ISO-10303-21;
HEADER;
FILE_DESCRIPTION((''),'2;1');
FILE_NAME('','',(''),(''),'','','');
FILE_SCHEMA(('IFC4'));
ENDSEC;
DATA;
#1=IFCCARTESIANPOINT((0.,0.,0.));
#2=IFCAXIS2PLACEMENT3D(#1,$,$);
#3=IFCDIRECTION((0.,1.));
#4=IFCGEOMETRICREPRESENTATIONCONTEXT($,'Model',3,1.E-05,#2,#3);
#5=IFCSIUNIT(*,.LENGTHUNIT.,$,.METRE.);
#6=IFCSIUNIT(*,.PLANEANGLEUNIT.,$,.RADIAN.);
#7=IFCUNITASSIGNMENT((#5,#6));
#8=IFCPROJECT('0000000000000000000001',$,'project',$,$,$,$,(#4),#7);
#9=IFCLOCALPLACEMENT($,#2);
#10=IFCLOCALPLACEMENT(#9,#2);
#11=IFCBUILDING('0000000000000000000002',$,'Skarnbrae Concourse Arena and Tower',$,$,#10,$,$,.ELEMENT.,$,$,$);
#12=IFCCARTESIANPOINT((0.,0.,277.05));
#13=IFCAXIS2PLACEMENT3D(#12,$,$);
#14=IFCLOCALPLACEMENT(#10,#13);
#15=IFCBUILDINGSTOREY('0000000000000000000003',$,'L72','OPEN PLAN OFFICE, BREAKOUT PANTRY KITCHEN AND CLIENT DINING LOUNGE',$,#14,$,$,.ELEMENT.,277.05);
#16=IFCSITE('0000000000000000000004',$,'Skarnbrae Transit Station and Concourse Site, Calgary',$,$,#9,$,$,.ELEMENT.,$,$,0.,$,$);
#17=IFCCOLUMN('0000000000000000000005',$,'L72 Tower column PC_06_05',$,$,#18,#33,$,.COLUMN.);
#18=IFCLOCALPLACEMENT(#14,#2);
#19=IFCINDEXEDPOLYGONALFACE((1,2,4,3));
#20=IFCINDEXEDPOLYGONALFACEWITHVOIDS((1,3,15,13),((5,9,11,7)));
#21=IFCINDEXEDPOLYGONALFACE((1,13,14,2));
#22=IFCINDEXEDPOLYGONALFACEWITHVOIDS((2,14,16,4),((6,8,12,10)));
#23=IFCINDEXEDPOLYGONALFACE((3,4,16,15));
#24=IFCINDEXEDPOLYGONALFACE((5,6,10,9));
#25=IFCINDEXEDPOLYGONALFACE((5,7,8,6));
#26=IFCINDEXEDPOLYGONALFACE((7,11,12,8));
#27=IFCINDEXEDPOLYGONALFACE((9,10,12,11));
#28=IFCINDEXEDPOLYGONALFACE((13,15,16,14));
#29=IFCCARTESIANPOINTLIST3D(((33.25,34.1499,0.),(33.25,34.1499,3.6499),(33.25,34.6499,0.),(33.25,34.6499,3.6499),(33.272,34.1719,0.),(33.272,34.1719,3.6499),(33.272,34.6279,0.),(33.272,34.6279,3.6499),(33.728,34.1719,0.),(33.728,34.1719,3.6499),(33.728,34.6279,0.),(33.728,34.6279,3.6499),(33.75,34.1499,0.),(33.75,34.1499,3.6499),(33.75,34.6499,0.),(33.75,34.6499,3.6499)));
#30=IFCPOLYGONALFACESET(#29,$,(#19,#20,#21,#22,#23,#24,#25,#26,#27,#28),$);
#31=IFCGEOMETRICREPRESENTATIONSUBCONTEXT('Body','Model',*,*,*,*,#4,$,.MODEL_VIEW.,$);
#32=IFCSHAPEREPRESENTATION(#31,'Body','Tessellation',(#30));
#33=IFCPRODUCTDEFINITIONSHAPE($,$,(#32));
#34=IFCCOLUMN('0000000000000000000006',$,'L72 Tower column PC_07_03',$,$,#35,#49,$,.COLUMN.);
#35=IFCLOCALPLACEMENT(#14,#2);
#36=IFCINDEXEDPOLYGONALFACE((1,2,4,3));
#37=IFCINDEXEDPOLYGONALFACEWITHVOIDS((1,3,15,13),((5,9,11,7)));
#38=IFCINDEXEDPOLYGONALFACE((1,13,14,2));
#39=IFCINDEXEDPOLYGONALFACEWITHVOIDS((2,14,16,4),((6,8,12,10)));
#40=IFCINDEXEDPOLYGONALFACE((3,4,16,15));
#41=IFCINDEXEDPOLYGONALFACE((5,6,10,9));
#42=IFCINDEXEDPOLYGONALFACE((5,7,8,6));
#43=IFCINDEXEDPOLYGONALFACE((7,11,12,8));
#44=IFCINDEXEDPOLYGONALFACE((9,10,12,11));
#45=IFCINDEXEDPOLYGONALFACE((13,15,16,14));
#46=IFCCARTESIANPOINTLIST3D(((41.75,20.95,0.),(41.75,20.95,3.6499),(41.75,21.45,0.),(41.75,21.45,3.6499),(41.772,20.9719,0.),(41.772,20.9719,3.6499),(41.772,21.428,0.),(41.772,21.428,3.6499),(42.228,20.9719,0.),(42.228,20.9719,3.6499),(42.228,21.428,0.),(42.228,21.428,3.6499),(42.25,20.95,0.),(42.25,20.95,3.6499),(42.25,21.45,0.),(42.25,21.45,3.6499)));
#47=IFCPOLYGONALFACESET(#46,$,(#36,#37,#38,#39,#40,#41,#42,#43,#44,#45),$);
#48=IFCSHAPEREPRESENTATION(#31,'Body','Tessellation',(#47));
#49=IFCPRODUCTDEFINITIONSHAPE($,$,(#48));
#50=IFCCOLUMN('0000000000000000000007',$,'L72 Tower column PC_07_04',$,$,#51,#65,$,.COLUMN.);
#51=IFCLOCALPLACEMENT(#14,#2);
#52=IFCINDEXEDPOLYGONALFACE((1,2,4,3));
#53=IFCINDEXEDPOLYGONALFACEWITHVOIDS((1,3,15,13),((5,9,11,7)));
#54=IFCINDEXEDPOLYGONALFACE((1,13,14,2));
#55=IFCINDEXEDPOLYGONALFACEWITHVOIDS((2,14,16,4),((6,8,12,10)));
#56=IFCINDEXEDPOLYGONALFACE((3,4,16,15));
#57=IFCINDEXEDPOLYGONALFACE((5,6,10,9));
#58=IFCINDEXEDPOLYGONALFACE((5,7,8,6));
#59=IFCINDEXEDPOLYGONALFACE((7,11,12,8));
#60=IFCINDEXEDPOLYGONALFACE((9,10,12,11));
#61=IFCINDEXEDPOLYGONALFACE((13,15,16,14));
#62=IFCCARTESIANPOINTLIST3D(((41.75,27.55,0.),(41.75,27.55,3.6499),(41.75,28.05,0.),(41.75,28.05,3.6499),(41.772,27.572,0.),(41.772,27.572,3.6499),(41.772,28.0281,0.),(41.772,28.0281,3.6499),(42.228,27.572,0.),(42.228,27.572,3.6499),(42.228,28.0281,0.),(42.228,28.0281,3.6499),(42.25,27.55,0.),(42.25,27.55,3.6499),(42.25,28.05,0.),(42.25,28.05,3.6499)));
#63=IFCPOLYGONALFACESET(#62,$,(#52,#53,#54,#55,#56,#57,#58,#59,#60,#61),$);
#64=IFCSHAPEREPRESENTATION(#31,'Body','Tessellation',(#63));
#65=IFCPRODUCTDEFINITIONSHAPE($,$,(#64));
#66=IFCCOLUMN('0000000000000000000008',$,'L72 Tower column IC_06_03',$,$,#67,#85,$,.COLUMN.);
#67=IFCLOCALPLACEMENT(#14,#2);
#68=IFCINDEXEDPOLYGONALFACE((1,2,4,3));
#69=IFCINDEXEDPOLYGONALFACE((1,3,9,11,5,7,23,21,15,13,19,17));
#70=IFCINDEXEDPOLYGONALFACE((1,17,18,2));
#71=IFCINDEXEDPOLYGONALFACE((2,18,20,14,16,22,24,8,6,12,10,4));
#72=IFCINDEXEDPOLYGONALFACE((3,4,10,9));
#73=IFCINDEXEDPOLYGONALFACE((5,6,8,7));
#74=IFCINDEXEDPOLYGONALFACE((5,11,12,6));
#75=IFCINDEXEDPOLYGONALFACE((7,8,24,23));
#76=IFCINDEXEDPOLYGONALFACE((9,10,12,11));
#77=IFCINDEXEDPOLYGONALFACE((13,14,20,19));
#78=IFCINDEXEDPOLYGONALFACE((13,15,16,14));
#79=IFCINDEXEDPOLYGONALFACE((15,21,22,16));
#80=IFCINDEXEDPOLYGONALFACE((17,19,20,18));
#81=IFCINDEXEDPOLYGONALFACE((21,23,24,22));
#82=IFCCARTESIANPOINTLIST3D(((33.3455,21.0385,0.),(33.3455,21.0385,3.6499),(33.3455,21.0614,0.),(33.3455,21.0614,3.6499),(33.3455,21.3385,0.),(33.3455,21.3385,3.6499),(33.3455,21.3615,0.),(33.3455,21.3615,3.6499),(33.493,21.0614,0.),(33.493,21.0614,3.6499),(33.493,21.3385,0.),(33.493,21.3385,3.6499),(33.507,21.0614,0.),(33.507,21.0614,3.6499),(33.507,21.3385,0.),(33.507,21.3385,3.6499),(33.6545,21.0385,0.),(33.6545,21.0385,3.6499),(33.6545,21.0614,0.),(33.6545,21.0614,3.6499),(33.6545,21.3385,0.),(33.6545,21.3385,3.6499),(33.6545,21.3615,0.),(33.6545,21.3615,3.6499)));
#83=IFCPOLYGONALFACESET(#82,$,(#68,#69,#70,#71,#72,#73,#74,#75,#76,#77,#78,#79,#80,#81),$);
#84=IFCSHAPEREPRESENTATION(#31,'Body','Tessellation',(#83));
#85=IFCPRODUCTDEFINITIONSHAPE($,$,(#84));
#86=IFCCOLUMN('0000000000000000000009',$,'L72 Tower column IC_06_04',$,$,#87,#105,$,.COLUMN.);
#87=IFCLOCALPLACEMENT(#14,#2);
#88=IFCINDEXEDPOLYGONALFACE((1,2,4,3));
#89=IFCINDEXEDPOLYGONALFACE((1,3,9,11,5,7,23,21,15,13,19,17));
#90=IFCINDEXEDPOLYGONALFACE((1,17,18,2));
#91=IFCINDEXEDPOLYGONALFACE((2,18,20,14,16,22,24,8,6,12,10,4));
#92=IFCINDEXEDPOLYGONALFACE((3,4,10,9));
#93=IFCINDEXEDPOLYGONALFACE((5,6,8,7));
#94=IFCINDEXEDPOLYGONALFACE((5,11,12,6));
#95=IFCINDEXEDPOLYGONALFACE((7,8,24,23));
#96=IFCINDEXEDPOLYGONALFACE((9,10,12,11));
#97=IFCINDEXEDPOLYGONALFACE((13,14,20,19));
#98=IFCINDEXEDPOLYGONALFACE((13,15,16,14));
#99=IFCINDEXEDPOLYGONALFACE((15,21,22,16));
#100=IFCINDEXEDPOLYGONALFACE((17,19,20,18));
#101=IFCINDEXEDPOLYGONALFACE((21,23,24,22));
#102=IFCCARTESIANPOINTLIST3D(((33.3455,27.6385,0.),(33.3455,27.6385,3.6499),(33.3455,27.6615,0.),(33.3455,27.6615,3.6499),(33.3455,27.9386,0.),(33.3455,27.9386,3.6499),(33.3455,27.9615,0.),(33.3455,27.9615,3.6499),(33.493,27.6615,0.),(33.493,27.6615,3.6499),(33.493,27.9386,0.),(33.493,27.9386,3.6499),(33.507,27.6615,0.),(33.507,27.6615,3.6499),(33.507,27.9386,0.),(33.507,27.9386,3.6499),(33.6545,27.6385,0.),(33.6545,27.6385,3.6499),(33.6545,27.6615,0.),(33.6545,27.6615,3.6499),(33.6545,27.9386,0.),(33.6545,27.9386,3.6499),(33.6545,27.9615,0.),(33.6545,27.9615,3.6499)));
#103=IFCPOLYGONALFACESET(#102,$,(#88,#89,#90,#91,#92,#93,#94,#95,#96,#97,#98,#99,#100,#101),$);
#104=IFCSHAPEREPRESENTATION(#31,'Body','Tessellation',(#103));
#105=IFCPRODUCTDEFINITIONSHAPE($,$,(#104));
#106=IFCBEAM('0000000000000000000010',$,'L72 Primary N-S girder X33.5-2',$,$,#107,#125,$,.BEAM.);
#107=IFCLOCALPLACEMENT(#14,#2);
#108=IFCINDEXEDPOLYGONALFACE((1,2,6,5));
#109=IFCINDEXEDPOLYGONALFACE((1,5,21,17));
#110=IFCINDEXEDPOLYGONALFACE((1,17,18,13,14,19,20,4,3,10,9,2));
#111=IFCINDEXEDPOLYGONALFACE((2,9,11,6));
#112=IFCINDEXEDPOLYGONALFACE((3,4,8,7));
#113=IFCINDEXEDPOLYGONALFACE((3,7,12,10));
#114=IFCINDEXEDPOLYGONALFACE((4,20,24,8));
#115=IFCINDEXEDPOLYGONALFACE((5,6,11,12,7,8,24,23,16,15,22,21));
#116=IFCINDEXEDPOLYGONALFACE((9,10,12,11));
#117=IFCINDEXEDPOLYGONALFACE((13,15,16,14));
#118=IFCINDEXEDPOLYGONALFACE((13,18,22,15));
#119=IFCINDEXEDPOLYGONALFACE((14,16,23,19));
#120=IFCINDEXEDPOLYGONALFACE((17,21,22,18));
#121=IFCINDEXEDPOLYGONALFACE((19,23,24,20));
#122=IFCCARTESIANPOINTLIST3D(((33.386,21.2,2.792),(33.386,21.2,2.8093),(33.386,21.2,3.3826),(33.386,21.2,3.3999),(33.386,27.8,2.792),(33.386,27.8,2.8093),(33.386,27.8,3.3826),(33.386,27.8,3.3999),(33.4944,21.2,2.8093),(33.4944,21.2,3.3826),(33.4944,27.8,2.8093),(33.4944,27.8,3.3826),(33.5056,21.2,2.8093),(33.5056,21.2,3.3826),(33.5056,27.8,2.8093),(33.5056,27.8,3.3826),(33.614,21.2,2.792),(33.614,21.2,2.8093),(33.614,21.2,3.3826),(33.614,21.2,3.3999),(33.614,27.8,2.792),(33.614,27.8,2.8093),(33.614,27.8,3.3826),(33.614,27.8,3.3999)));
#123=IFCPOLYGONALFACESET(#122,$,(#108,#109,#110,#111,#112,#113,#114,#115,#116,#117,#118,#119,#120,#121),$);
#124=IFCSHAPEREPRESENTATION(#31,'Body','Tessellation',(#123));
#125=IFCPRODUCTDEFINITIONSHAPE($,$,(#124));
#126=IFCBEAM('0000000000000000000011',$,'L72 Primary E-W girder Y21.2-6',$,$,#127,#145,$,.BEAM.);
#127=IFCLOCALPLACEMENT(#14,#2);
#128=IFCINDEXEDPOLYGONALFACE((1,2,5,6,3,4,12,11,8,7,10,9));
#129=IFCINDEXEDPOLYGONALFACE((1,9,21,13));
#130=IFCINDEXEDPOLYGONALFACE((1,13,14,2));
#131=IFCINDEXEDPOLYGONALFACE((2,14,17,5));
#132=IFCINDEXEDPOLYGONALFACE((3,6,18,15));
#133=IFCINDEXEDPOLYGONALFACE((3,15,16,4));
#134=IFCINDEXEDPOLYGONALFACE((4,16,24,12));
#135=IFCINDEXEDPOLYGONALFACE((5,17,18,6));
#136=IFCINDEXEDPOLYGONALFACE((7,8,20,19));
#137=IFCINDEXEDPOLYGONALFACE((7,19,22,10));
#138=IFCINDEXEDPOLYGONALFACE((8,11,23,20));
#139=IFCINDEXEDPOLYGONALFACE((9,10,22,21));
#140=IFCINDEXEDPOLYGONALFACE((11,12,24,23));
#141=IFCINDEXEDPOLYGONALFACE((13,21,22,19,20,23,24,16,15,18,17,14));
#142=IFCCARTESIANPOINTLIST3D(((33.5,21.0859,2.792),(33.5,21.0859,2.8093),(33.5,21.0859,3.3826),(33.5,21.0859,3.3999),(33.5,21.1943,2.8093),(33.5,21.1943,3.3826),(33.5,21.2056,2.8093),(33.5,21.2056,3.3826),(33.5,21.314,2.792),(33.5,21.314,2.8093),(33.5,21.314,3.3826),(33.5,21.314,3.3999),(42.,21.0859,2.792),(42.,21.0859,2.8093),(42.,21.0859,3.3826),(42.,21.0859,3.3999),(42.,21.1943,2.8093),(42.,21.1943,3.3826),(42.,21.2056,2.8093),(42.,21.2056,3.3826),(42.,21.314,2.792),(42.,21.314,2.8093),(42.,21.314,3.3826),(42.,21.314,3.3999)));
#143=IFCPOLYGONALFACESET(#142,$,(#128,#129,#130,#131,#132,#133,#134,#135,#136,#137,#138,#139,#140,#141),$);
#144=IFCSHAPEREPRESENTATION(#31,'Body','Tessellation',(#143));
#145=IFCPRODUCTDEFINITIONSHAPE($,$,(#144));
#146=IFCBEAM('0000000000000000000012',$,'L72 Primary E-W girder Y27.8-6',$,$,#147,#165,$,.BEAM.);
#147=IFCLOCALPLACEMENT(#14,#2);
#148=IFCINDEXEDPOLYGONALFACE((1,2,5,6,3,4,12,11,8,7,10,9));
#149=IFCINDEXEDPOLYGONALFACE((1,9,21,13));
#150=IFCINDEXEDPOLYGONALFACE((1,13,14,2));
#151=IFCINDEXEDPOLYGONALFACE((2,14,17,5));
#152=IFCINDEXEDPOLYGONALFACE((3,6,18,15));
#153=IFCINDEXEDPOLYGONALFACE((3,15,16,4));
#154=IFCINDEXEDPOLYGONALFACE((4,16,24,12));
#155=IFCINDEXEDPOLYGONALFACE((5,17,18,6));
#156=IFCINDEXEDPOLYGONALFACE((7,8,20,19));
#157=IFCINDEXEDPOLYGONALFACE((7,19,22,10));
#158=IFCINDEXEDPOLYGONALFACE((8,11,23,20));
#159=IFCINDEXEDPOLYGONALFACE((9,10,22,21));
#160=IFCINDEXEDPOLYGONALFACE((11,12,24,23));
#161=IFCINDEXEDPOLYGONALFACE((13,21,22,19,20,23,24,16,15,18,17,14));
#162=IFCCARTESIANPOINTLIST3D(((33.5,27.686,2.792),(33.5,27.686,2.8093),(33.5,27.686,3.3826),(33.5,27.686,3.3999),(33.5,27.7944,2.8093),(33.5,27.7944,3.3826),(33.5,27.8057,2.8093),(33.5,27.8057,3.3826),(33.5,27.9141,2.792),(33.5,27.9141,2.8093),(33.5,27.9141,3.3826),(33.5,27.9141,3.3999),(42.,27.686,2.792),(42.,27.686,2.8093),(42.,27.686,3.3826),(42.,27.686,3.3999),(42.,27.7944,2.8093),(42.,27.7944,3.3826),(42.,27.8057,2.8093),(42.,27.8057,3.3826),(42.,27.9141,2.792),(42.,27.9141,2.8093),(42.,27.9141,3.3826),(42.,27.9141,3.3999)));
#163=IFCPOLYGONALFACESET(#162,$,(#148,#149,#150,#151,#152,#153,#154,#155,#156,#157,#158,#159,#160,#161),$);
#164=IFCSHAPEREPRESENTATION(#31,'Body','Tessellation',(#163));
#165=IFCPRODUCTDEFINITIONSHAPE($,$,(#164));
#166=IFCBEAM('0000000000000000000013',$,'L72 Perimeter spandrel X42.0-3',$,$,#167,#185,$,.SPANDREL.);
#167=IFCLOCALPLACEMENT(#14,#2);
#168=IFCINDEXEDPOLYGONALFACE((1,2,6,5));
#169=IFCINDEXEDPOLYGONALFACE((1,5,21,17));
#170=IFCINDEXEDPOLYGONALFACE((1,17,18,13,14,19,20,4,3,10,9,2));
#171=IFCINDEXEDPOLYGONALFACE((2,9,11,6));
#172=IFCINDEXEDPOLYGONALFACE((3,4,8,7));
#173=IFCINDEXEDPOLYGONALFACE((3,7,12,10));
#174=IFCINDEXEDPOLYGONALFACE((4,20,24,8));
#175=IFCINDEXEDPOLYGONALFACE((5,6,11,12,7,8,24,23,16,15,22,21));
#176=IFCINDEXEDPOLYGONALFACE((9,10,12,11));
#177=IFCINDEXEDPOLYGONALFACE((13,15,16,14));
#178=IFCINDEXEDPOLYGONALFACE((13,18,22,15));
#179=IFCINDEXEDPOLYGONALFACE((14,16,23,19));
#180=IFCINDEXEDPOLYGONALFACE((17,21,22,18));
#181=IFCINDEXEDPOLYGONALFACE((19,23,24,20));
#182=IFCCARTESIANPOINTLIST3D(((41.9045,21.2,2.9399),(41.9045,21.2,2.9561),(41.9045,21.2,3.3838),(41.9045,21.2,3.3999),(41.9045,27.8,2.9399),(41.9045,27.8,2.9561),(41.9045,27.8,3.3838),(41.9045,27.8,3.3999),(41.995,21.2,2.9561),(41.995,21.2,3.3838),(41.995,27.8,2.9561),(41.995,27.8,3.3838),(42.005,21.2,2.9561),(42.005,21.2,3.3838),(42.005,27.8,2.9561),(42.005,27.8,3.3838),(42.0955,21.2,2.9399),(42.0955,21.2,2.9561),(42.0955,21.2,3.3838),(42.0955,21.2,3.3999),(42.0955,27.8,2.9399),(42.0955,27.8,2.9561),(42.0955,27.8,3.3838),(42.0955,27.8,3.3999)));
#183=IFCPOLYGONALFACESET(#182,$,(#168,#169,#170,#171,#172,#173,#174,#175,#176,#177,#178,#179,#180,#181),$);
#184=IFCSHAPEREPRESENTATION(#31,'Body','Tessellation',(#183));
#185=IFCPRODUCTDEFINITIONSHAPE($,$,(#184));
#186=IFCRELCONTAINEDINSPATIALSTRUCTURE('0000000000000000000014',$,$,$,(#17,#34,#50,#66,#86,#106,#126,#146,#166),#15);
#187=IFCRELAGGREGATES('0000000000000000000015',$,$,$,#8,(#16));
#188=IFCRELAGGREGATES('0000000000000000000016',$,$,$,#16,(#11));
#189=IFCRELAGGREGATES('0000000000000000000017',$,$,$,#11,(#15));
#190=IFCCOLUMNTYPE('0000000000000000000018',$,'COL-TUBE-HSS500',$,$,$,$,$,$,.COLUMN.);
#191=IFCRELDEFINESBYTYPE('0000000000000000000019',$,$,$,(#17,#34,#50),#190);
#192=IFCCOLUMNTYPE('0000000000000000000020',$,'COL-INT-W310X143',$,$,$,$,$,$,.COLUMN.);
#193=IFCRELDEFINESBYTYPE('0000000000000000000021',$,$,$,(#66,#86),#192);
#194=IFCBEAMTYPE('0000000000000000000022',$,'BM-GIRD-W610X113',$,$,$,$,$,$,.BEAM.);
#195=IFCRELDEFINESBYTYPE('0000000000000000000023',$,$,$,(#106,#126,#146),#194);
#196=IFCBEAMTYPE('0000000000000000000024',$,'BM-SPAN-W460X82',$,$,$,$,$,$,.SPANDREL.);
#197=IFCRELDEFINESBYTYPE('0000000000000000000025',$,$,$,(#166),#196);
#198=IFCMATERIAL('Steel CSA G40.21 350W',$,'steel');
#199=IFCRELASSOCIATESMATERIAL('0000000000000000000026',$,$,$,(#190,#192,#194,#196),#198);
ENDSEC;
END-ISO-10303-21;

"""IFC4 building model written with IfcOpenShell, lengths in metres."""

from ifc_helpers import new_model, si_unit, direction, frame, origin, origin_2d, place, context, subcontext, project, spatial, hollow_rectangle, i_section, extrude, source, transform, mapped, material, material_profile, profile_set, type_object, element, save


model = new_model("IFC4")

# Units and contexts
model_context = context("Model", 3, precision=1e-05, world=origin(), true_north=direction((0.0, 1.0)))
body_context = subcontext(model_context, "Body", "Model", "MODEL_VIEW")
ifc_project = project(units=[si_unit("LENGTHUNIT", "METRE"), si_unit("PLANEANGLEUNIT", "RADIAN")], contexts=[model_context])

# Site, building, storey
site_placement = place(None, origin())
site = spatial("IfcSite", under=ifc_project, at=site_placement, Name="Skarnbrae Transit Station and Concourse Site, Calgary", CompositionType="ELEMENT", RefElevation=0.0)
building_placement = place(site_placement, origin())
building = spatial("IfcBuilding", under=site, at=building_placement, Name="Skarnbrae Concourse Arena and Tower", CompositionType="ELEMENT")
storey_placement = place(building_placement, frame((0.0, 0.0, 277.05)))
storey = spatial("IfcBuildingStorey", under=building, at=storey_placement, Name="L72", Description="OPEN PLAN OFFICE, BREAKOUT PANTRY KITCHEN AND CLIENT DINING LOUNGE", CompositionType="ELEMENT", Elevation=277.05)

# Columns
ifc_material_1 = material(Name="Steel CSA G40.21 350W", Category="steel")
ifc_material_profile_1 = material_profile(ifc_material_1, hollow_rectangle(XDim=0.5, YDim=0.5, WallThickness=0.022, at=origin_2d()), Name="HSS500X500X22.0")
ifc_profile_set_1 = profile_set([ifc_material_profile_1], Name="Steel CSA G40.21 350W")
column_type_1 = type_object("IfcColumnType", Name="COL-TUBE-HSS500", PredefinedType="COLUMN", material=ifc_profile_set_1)
shared_shape_1 = source(origin(), body_context, "Body", "SweptSolid", [
    extrude(hollow_rectangle(XDim=0.5, YDim=0.5, WallThickness=0.022, at=origin_2d()), origin(), (0.0, 0.0, 1.0), 3.6499),
])
for number, where, z_axis, x_axis, name in (
    (1, (33.5, 34.3999, 0.0), (0.0, 0.0, 1.0), (1.0, 0.0, 0.0), "L72 Tower column PC_06_05"),
    (2, (42.0, 21.2, 0.0), (0.0, 0.0, 1.0), (1.0, 0.0, 0.0), "L72 Tower column PC_07_03"),
    (3, (42.0, 27.8, 0.0), (0.0, 0.0, 1.0), (1.0, 0.0, 0.0), "L72 Tower column PC_07_04"),
):
    element("IfcColumn", number, at=place(storey_placement, frame(where, z_axis=z_axis, x_axis=x_axis)), inside=storey, type_object=column_type_1, Name=name, PredefinedType="COLUMN", context=body_context, shape_type="MappedRepresentation", body=[
        mapped(shared_shape_1, transform((0.0, 0.0, 0.0))),
    ])
ifc_material_profile_2 = material_profile(ifc_material_1, i_section(OverallWidth=0.3091, OverallDepth=0.323, WebThickness=0.0139, FlangeThickness=0.0229, at=origin_2d()), Name="W310X143")
ifc_profile_set_2 = profile_set([ifc_material_profile_2], Name="Steel CSA G40.21 350W")
column_type_2 = type_object("IfcColumnType", Name="COL-INT-W310X143", PredefinedType="COLUMN", material=ifc_profile_set_2)
shared_shape_2 = source(origin(), body_context, "Body", "SweptSolid", [
    extrude(i_section(OverallWidth=0.3091, OverallDepth=0.323, WebThickness=0.0139, FlangeThickness=0.0229, at=origin_2d()), origin(), (0.0, 0.0, 1.0), 3.6499),
])
for number, where, z_axis, x_axis, name in (
    (4, (33.5, 21.2, 0.0), (0.0, 0.0, 1.0), (1.0, 0.0, 0.0), "L72 Tower column IC_06_03"),
    (5, (33.5, 27.8, 0.0), (0.0, 0.0, 1.0), (1.0, 0.0, 0.0), "L72 Tower column IC_06_04"),
):
    element("IfcColumn", number, at=place(storey_placement, frame(where, z_axis=z_axis, x_axis=x_axis)), inside=storey, type_object=column_type_2, Name=name, PredefinedType="COLUMN", context=body_context, shape_type="MappedRepresentation", body=[
        mapped(shared_shape_2, transform((0.0, 0.0, 0.0))),
    ])

# Beams
ifc_material_profile_3 = material_profile(ifc_material_1, i_section(OverallWidth=0.228, OverallDepth=0.6079, WebThickness=0.0112, FlangeThickness=0.0173, at=origin_2d()), Name="W610X113")
ifc_profile_set_3 = profile_set([ifc_material_profile_3], Name="Steel CSA G40.21 350W")
beam_type_1 = type_object("IfcBeamType", Name="BM-GIRD-W610X113", PredefinedType="BEAM", material=ifc_profile_set_3)
shared_shape_3 = source(origin(), body_context, "Body", "SweptSolid", [
    extrude(i_section(OverallWidth=0.228, OverallDepth=0.6079, WebThickness=0.0112, FlangeThickness=0.0173, at=origin_2d()), origin(), (0.0, 0.0, 1.0), 6.6001),
])
beam_1_placement = place(storey_placement, frame((33.5, 21.2, 3.0959), z_axis=(0.0, 1.0, 0.0), x_axis=(-1.0, 0.0, 0.0)))
element("IfcBeam", 6, at=beam_1_placement, inside=storey, type_object=beam_type_1, Name="L72 Primary N-S girder X33.5-2", PredefinedType="BEAM", context=body_context, shape_type="MappedRepresentation", body=[
    mapped(shared_shape_3, transform((0.0, 0.0, 0.0))),
])
shared_shape_4 = source(origin(), body_context, "Body", "SweptSolid", [
    extrude(i_section(OverallWidth=0.228, OverallDepth=0.6079, WebThickness=0.0112, FlangeThickness=0.0173, at=origin_2d()), origin(), (0.0, 0.0, 1.0), 8.5),
])
for number, where, z_axis, x_axis, name in (
    (7, (33.5, 21.2, 3.0959), (1.0, 0.0, 0.0), (0.0, 1.0, 0.0), "L72 Primary E-W girder Y21.2-6"),
    (8, (33.5, 27.8, 3.0959), (1.0, 0.0, 0.0), (0.0, 1.0, 0.0), "L72 Primary E-W girder Y27.8-6"),
):
    element("IfcBeam", number, at=place(storey_placement, frame(where, z_axis=z_axis, x_axis=x_axis)), inside=storey, type_object=beam_type_1, Name=name, PredefinedType="BEAM", context=body_context, shape_type="MappedRepresentation", body=[
        mapped(shared_shape_4, transform((0.0, 0.0, 0.0))),
    ])
ifc_material_profile_4 = material_profile(ifc_material_1, i_section(OverallWidth=0.1909, OverallDepth=0.46, WebThickness=0.01, FlangeThickness=0.0161, at=origin_2d()), Name="W460X82")
ifc_profile_set_4 = profile_set([ifc_material_profile_4], Name="Steel CSA G40.21 350W")
beam_type_2 = type_object("IfcBeamType", Name="BM-SPAN-W460X82", PredefinedType="SPANDREL", material=ifc_profile_set_4)
shared_shape_5 = source(origin(), body_context, "Body", "SweptSolid", [
    extrude(i_section(OverallWidth=0.1909, OverallDepth=0.46, WebThickness=0.01, FlangeThickness=0.0161, at=origin_2d()), origin(), (0.0, 0.0, 1.0), 6.6001),
])
beam_2_placement = place(storey_placement, frame((42.0, 21.2, 3.1699), z_axis=(0.0, 1.0, 0.0), x_axis=(-1.0, 0.0, 0.0)))
element("IfcBeam", 9, at=beam_2_placement, inside=storey, type_object=beam_type_2, Name="L72 Perimeter spandrel X42.0-3", PredefinedType="SPANDREL", context=body_context, shape_type="MappedRepresentation", body=[
    mapped(shared_shape_5, transform((0.0, 0.0, 0.0))),
])

save(model, "model.ifc")
